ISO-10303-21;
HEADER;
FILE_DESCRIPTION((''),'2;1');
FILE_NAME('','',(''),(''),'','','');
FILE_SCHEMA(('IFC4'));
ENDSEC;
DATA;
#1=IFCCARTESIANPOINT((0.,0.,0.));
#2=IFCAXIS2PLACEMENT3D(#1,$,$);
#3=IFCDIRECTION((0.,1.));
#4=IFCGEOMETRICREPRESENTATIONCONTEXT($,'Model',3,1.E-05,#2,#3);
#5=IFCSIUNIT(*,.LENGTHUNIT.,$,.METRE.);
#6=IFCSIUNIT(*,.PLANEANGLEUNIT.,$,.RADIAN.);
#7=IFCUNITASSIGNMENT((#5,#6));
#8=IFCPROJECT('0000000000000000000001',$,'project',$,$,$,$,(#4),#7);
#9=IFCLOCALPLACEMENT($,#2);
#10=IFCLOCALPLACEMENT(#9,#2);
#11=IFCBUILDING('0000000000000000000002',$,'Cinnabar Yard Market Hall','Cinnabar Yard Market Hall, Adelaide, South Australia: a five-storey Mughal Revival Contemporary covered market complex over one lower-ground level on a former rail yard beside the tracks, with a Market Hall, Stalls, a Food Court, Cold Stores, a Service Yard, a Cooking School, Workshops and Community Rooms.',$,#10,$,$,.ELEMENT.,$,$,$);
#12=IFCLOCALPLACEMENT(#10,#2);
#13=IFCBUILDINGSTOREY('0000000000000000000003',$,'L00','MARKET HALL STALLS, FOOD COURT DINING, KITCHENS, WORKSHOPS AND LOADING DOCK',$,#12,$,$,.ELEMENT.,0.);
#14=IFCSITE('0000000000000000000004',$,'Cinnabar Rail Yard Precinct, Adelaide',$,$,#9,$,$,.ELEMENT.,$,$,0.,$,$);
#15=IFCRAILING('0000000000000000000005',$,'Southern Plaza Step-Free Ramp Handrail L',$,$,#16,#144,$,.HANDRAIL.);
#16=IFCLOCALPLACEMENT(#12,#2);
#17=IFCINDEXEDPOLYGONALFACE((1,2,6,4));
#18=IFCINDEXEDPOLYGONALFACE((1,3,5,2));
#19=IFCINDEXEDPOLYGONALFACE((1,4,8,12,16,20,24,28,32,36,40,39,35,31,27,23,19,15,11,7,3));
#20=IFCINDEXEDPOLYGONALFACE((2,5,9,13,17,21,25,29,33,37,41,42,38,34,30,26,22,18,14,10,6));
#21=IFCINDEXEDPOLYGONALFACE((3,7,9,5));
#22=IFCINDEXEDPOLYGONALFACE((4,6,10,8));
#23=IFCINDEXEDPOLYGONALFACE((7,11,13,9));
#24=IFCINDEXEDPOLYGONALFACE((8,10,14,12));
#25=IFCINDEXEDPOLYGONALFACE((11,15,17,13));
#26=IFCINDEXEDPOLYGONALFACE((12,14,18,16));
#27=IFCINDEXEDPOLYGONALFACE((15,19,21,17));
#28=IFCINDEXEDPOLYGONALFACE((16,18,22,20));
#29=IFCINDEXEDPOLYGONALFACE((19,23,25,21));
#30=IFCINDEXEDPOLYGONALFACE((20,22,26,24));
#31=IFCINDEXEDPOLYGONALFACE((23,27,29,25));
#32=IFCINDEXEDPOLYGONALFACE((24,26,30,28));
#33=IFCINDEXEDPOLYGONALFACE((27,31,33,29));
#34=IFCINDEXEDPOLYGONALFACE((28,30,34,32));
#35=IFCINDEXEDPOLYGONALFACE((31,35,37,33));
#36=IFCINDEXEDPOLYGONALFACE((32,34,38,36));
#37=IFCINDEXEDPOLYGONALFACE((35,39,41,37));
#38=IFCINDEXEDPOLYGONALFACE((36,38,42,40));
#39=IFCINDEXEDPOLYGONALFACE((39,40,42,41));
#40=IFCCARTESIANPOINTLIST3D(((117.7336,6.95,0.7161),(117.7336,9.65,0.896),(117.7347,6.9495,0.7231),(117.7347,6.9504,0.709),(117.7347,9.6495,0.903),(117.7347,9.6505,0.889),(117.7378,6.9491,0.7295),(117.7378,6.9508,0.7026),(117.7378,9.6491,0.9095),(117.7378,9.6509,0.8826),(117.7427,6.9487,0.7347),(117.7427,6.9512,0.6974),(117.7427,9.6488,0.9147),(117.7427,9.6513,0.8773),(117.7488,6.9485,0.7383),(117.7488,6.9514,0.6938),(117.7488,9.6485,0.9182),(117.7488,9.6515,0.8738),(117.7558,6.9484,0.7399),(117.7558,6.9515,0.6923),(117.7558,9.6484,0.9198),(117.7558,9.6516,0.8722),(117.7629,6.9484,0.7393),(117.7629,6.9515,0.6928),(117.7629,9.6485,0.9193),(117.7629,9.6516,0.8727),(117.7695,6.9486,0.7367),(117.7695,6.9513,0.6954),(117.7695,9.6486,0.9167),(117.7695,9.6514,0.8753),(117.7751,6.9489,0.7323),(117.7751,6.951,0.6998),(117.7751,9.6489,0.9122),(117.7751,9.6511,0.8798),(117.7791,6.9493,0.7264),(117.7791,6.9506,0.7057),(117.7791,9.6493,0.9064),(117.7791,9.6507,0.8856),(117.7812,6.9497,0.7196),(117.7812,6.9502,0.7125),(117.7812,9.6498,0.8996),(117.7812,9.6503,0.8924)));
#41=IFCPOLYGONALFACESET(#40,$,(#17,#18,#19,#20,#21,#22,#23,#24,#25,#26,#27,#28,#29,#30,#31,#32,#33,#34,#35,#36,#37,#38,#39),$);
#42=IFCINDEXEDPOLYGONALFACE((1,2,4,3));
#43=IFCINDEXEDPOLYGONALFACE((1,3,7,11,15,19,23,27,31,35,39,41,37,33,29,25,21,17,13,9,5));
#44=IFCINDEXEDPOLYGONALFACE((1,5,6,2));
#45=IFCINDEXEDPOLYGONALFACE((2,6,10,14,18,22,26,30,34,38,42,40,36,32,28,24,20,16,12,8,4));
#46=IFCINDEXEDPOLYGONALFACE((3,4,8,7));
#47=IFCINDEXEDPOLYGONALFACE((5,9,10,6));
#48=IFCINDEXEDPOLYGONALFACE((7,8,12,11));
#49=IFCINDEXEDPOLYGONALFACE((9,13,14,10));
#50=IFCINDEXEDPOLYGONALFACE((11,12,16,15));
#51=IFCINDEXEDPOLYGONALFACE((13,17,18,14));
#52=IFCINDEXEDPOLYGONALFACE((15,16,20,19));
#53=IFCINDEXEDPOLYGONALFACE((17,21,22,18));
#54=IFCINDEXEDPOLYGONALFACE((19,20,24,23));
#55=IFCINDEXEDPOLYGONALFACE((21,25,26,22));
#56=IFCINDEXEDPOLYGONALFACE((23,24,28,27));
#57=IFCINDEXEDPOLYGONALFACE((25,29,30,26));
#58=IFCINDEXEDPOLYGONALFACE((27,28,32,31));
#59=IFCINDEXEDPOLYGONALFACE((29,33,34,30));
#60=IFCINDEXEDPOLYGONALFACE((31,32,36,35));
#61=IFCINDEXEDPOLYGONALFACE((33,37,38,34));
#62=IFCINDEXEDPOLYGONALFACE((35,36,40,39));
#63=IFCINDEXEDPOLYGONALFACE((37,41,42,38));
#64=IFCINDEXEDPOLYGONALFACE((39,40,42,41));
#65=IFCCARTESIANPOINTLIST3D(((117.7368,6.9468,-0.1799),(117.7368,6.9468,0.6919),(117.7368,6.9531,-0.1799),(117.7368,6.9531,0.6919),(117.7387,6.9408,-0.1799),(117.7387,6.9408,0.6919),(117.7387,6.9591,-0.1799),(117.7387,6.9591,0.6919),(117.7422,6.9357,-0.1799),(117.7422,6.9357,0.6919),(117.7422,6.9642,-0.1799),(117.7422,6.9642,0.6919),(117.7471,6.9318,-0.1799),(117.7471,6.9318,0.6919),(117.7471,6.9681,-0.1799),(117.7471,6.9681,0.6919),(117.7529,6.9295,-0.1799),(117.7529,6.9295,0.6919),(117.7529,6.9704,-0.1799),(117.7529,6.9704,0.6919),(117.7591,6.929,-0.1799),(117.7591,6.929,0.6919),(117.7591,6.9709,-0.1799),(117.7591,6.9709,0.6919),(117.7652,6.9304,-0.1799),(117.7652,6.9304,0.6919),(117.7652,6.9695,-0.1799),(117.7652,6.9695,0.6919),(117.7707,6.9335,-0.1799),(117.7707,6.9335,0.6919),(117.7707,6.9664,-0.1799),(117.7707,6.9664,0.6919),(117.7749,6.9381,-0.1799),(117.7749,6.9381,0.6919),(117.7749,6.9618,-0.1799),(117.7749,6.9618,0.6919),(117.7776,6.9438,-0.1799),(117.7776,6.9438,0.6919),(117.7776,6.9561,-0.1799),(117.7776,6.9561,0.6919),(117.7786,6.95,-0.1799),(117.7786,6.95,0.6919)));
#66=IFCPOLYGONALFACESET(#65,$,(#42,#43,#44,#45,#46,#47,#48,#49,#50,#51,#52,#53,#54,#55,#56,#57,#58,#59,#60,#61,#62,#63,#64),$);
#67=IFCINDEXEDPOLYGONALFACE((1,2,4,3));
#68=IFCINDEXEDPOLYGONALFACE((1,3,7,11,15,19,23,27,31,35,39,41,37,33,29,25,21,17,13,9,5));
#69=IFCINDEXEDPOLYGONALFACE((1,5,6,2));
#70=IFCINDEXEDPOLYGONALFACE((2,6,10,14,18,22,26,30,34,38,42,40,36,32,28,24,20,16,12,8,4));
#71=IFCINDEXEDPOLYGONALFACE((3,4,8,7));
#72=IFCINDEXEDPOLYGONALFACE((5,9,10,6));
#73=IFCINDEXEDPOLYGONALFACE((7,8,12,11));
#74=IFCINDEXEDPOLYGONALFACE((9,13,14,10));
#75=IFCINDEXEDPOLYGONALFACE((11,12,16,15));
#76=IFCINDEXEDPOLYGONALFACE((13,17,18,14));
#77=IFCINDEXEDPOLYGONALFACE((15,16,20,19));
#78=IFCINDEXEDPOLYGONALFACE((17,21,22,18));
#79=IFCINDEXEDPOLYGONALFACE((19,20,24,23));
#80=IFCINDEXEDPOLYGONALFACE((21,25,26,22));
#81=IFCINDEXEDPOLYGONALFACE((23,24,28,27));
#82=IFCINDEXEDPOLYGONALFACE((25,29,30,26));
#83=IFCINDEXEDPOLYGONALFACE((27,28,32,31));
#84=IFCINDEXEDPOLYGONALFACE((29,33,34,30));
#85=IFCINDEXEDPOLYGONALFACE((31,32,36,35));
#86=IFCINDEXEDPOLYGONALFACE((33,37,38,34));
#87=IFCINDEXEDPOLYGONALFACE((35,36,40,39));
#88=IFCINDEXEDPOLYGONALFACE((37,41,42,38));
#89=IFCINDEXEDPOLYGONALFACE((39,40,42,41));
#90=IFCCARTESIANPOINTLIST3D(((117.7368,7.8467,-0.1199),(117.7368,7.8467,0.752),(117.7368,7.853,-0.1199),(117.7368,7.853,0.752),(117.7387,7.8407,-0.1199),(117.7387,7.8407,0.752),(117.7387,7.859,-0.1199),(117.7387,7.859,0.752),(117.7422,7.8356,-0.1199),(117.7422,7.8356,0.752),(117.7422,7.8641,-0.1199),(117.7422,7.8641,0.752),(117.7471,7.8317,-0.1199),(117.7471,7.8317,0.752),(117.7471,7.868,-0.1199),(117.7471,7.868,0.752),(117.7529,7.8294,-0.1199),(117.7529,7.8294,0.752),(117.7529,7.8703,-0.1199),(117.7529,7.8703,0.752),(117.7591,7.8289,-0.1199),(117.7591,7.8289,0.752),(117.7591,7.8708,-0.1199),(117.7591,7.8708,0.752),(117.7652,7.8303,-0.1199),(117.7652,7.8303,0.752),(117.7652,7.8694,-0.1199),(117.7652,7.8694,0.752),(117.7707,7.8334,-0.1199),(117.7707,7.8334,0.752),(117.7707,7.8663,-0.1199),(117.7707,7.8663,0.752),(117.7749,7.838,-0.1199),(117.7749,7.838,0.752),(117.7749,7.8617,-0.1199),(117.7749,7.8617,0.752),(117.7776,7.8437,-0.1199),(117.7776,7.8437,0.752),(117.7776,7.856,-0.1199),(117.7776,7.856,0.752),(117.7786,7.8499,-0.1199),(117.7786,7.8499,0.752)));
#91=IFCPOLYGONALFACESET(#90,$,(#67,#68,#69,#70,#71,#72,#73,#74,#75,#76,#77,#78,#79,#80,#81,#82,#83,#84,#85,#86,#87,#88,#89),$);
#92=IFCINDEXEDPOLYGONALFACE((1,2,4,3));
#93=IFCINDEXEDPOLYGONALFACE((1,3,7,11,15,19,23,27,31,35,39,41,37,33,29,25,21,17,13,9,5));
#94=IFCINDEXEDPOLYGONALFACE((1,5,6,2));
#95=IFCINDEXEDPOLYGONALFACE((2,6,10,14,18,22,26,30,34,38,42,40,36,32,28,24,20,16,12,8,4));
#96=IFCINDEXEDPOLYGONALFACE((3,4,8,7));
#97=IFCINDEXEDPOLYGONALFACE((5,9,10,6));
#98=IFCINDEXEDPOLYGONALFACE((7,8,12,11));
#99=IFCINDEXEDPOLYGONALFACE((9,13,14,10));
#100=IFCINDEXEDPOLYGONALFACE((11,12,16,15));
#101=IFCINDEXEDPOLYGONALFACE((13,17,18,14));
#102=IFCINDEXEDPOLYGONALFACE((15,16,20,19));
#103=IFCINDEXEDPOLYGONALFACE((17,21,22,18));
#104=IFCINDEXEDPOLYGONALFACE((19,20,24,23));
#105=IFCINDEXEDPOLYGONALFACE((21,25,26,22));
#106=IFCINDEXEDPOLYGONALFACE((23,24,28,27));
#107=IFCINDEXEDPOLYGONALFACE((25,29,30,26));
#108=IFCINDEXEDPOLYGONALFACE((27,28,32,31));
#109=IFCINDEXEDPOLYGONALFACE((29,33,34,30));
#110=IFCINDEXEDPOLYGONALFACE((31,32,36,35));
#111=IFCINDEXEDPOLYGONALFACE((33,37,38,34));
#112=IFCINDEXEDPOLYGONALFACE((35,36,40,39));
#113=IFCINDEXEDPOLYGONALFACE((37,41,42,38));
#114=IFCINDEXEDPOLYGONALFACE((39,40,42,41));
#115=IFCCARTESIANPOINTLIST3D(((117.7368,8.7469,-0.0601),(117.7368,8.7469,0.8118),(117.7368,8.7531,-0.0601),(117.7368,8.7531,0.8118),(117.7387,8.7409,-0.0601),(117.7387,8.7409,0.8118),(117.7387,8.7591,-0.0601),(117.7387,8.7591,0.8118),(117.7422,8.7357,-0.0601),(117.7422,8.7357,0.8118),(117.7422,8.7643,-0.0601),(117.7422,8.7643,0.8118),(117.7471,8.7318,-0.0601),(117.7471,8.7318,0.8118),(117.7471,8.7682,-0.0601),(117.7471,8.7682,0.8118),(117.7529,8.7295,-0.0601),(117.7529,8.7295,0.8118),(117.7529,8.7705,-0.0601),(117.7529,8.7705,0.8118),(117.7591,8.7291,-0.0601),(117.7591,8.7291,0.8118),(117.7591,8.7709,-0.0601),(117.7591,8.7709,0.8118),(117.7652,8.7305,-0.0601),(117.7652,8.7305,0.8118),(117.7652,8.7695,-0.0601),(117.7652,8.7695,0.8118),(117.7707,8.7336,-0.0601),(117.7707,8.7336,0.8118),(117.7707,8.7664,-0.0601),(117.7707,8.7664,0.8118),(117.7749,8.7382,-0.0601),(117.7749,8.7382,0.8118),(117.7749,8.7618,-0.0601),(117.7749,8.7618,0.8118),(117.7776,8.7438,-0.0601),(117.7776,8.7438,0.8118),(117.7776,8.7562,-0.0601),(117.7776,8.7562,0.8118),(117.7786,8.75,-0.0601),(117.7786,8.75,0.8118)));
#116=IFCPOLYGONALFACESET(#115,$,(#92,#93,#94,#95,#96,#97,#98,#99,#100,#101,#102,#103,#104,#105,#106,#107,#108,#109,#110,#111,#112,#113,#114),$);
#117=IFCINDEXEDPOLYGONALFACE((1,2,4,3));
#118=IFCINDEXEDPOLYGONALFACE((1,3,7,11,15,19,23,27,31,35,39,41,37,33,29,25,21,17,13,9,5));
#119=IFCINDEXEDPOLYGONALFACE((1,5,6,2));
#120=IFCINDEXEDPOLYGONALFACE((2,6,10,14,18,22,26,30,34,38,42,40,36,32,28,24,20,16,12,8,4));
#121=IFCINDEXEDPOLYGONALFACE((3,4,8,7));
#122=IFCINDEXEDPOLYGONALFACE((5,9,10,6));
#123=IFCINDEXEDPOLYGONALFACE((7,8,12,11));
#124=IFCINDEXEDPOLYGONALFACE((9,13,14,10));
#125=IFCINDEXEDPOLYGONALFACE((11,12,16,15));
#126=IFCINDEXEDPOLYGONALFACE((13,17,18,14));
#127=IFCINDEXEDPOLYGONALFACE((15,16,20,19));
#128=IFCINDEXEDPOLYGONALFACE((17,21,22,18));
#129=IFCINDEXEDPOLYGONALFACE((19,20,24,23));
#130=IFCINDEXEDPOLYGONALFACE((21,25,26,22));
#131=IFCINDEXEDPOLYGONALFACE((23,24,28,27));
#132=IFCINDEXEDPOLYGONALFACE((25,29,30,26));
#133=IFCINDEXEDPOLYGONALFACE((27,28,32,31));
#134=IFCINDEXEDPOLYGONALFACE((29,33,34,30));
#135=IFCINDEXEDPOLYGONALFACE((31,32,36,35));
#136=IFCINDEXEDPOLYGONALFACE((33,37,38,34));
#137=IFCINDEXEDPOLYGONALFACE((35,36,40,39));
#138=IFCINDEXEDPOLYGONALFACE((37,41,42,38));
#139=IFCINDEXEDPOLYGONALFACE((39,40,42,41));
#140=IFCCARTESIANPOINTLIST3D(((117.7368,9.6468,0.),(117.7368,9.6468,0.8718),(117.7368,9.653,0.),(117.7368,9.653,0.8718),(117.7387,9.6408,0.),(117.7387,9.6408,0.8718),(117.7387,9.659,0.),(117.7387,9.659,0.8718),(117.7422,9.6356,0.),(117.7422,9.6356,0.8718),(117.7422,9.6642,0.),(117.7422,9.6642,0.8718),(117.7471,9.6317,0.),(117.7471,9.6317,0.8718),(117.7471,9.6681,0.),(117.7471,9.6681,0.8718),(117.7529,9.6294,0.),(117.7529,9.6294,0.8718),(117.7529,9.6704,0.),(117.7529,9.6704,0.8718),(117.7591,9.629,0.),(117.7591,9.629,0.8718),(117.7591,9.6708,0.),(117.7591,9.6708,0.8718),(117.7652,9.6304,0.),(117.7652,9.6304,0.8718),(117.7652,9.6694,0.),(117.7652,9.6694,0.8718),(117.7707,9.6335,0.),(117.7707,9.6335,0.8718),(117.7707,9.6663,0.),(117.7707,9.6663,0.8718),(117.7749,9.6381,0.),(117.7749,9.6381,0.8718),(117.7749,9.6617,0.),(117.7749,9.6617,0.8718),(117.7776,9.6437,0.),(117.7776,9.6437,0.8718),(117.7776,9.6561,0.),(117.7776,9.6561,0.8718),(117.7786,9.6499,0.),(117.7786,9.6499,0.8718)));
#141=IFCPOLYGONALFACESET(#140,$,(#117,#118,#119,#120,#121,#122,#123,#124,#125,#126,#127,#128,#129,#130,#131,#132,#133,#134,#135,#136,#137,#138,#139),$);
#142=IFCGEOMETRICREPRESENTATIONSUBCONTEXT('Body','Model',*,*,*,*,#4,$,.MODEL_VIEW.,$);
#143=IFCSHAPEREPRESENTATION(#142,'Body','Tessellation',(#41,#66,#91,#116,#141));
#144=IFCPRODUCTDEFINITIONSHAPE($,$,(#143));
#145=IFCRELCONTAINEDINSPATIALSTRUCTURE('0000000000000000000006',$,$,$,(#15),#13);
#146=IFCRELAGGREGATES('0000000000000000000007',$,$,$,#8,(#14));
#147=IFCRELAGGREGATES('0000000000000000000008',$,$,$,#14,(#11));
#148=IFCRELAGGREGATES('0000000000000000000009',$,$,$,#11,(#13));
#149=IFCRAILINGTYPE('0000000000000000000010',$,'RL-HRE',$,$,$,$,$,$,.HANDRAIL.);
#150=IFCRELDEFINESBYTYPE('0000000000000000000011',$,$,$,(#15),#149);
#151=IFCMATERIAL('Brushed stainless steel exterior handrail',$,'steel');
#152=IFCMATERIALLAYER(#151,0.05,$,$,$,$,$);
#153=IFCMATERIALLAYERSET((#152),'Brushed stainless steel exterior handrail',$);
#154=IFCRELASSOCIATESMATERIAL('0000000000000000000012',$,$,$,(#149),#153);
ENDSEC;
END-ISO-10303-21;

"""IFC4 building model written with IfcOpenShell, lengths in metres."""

from ifc_helpers import new_model, si_unit, direction, frame, origin, origin_2d_with_axis, place, context, subcontext, project, spatial, circle, extrude, material, layer, layer_set, type_object, element, save


model = new_model("IFC4")

# Units and contexts
model_context = context("Model", 3, precision=1e-05, world=origin(), true_north=direction((0.0, 1.0)))
body_context = subcontext(model_context, "Body", "Model", "MODEL_VIEW")
ifc_project = project(units=[si_unit("LENGTHUNIT", "METRE"), si_unit("PLANEANGLEUNIT", "RADIAN")], contexts=[model_context])

# Site, building, storey
site_placement = place(None, origin())
site = spatial("IfcSite", under=ifc_project, at=site_placement, Name="Cinnabar Rail Yard Precinct, Adelaide", CompositionType="ELEMENT", RefElevation=0.0)
building_placement = place(site_placement, origin())
building = spatial("IfcBuilding", under=site, at=building_placement, Name="Cinnabar Yard Market Hall", Description="Cinnabar Yard Market Hall, Adelaide, South Australia: a five-storey Mughal Revival Contemporary covered market complex over one lower-ground level on a former rail yard beside the tracks, with a Market Hall, Stalls, a Food Court, Cold Stores, a Service Yard, a Cooking School, Workshops and Community Rooms.", CompositionType="ELEMENT")
storey_placement = place(building_placement, origin())
storey = spatial("IfcBuildingStorey", under=building, at=storey_placement, Name="L00", Description="MARKET HALL STALLS, FOOD COURT DINING, KITCHENS, WORKSHOPS AND LOADING DOCK", CompositionType="ELEMENT", Elevation=0.0)

# Railing
ifc_material_1 = material(Name="Brushed stainless steel exterior handrail", Category="steel")
ifc_layer_1 = layer(ifc_material_1, 0.05)
ifc_layer_set_1 = layer_set([ifc_layer_1], Name="Brushed stainless steel exterior handrail")
railing_type = type_object("IfcRailingType", Name="RL-HRE", PredefinedType="HANDRAIL", material=ifc_layer_set_1)
railing_placement = place(storey_placement, frame((117.7576, 6.95, -0.1799)))
element("IfcRailing", 1, at=railing_placement, inside=storey, type_object=railing_type, Name="Southern Plaza Step-Free Ramp Handrail L", PredefinedType="HANDRAIL", context=body_context, shape_type="SweptSolid", body=[
    extrude(circle(Radius=0.0239, at=origin_2d_with_axis()), frame((0.0, 0.0, 0.896), z_axis=(0.0, 0.997787, 0.066495), x_axis=(-1.0, 0.0, 0.0)), (0.0, 0.0, 1.0), 2.7061),
    extrude(circle(Radius=0.021, at=origin_2d_with_axis()), origin(), (0.0, 0.0, 1.0), 0.8718),
    extrude(circle(Radius=0.021, at=origin_2d_with_axis()), frame((0.0, 0.8999, 0.0601)), (0.0, 0.0, 1.0), 0.8718),
    extrude(circle(Radius=0.021, at=origin_2d_with_axis()), frame((0.0, 1.8, 0.1199)), (0.0, 0.0, 1.0), 0.8718),
    extrude(circle(Radius=0.021, at=origin_2d_with_axis()), frame((0.0, 2.7, 0.1799)), (0.0, 0.0, 1.0), 0.8718),
])

save(model, "model.ifc")
